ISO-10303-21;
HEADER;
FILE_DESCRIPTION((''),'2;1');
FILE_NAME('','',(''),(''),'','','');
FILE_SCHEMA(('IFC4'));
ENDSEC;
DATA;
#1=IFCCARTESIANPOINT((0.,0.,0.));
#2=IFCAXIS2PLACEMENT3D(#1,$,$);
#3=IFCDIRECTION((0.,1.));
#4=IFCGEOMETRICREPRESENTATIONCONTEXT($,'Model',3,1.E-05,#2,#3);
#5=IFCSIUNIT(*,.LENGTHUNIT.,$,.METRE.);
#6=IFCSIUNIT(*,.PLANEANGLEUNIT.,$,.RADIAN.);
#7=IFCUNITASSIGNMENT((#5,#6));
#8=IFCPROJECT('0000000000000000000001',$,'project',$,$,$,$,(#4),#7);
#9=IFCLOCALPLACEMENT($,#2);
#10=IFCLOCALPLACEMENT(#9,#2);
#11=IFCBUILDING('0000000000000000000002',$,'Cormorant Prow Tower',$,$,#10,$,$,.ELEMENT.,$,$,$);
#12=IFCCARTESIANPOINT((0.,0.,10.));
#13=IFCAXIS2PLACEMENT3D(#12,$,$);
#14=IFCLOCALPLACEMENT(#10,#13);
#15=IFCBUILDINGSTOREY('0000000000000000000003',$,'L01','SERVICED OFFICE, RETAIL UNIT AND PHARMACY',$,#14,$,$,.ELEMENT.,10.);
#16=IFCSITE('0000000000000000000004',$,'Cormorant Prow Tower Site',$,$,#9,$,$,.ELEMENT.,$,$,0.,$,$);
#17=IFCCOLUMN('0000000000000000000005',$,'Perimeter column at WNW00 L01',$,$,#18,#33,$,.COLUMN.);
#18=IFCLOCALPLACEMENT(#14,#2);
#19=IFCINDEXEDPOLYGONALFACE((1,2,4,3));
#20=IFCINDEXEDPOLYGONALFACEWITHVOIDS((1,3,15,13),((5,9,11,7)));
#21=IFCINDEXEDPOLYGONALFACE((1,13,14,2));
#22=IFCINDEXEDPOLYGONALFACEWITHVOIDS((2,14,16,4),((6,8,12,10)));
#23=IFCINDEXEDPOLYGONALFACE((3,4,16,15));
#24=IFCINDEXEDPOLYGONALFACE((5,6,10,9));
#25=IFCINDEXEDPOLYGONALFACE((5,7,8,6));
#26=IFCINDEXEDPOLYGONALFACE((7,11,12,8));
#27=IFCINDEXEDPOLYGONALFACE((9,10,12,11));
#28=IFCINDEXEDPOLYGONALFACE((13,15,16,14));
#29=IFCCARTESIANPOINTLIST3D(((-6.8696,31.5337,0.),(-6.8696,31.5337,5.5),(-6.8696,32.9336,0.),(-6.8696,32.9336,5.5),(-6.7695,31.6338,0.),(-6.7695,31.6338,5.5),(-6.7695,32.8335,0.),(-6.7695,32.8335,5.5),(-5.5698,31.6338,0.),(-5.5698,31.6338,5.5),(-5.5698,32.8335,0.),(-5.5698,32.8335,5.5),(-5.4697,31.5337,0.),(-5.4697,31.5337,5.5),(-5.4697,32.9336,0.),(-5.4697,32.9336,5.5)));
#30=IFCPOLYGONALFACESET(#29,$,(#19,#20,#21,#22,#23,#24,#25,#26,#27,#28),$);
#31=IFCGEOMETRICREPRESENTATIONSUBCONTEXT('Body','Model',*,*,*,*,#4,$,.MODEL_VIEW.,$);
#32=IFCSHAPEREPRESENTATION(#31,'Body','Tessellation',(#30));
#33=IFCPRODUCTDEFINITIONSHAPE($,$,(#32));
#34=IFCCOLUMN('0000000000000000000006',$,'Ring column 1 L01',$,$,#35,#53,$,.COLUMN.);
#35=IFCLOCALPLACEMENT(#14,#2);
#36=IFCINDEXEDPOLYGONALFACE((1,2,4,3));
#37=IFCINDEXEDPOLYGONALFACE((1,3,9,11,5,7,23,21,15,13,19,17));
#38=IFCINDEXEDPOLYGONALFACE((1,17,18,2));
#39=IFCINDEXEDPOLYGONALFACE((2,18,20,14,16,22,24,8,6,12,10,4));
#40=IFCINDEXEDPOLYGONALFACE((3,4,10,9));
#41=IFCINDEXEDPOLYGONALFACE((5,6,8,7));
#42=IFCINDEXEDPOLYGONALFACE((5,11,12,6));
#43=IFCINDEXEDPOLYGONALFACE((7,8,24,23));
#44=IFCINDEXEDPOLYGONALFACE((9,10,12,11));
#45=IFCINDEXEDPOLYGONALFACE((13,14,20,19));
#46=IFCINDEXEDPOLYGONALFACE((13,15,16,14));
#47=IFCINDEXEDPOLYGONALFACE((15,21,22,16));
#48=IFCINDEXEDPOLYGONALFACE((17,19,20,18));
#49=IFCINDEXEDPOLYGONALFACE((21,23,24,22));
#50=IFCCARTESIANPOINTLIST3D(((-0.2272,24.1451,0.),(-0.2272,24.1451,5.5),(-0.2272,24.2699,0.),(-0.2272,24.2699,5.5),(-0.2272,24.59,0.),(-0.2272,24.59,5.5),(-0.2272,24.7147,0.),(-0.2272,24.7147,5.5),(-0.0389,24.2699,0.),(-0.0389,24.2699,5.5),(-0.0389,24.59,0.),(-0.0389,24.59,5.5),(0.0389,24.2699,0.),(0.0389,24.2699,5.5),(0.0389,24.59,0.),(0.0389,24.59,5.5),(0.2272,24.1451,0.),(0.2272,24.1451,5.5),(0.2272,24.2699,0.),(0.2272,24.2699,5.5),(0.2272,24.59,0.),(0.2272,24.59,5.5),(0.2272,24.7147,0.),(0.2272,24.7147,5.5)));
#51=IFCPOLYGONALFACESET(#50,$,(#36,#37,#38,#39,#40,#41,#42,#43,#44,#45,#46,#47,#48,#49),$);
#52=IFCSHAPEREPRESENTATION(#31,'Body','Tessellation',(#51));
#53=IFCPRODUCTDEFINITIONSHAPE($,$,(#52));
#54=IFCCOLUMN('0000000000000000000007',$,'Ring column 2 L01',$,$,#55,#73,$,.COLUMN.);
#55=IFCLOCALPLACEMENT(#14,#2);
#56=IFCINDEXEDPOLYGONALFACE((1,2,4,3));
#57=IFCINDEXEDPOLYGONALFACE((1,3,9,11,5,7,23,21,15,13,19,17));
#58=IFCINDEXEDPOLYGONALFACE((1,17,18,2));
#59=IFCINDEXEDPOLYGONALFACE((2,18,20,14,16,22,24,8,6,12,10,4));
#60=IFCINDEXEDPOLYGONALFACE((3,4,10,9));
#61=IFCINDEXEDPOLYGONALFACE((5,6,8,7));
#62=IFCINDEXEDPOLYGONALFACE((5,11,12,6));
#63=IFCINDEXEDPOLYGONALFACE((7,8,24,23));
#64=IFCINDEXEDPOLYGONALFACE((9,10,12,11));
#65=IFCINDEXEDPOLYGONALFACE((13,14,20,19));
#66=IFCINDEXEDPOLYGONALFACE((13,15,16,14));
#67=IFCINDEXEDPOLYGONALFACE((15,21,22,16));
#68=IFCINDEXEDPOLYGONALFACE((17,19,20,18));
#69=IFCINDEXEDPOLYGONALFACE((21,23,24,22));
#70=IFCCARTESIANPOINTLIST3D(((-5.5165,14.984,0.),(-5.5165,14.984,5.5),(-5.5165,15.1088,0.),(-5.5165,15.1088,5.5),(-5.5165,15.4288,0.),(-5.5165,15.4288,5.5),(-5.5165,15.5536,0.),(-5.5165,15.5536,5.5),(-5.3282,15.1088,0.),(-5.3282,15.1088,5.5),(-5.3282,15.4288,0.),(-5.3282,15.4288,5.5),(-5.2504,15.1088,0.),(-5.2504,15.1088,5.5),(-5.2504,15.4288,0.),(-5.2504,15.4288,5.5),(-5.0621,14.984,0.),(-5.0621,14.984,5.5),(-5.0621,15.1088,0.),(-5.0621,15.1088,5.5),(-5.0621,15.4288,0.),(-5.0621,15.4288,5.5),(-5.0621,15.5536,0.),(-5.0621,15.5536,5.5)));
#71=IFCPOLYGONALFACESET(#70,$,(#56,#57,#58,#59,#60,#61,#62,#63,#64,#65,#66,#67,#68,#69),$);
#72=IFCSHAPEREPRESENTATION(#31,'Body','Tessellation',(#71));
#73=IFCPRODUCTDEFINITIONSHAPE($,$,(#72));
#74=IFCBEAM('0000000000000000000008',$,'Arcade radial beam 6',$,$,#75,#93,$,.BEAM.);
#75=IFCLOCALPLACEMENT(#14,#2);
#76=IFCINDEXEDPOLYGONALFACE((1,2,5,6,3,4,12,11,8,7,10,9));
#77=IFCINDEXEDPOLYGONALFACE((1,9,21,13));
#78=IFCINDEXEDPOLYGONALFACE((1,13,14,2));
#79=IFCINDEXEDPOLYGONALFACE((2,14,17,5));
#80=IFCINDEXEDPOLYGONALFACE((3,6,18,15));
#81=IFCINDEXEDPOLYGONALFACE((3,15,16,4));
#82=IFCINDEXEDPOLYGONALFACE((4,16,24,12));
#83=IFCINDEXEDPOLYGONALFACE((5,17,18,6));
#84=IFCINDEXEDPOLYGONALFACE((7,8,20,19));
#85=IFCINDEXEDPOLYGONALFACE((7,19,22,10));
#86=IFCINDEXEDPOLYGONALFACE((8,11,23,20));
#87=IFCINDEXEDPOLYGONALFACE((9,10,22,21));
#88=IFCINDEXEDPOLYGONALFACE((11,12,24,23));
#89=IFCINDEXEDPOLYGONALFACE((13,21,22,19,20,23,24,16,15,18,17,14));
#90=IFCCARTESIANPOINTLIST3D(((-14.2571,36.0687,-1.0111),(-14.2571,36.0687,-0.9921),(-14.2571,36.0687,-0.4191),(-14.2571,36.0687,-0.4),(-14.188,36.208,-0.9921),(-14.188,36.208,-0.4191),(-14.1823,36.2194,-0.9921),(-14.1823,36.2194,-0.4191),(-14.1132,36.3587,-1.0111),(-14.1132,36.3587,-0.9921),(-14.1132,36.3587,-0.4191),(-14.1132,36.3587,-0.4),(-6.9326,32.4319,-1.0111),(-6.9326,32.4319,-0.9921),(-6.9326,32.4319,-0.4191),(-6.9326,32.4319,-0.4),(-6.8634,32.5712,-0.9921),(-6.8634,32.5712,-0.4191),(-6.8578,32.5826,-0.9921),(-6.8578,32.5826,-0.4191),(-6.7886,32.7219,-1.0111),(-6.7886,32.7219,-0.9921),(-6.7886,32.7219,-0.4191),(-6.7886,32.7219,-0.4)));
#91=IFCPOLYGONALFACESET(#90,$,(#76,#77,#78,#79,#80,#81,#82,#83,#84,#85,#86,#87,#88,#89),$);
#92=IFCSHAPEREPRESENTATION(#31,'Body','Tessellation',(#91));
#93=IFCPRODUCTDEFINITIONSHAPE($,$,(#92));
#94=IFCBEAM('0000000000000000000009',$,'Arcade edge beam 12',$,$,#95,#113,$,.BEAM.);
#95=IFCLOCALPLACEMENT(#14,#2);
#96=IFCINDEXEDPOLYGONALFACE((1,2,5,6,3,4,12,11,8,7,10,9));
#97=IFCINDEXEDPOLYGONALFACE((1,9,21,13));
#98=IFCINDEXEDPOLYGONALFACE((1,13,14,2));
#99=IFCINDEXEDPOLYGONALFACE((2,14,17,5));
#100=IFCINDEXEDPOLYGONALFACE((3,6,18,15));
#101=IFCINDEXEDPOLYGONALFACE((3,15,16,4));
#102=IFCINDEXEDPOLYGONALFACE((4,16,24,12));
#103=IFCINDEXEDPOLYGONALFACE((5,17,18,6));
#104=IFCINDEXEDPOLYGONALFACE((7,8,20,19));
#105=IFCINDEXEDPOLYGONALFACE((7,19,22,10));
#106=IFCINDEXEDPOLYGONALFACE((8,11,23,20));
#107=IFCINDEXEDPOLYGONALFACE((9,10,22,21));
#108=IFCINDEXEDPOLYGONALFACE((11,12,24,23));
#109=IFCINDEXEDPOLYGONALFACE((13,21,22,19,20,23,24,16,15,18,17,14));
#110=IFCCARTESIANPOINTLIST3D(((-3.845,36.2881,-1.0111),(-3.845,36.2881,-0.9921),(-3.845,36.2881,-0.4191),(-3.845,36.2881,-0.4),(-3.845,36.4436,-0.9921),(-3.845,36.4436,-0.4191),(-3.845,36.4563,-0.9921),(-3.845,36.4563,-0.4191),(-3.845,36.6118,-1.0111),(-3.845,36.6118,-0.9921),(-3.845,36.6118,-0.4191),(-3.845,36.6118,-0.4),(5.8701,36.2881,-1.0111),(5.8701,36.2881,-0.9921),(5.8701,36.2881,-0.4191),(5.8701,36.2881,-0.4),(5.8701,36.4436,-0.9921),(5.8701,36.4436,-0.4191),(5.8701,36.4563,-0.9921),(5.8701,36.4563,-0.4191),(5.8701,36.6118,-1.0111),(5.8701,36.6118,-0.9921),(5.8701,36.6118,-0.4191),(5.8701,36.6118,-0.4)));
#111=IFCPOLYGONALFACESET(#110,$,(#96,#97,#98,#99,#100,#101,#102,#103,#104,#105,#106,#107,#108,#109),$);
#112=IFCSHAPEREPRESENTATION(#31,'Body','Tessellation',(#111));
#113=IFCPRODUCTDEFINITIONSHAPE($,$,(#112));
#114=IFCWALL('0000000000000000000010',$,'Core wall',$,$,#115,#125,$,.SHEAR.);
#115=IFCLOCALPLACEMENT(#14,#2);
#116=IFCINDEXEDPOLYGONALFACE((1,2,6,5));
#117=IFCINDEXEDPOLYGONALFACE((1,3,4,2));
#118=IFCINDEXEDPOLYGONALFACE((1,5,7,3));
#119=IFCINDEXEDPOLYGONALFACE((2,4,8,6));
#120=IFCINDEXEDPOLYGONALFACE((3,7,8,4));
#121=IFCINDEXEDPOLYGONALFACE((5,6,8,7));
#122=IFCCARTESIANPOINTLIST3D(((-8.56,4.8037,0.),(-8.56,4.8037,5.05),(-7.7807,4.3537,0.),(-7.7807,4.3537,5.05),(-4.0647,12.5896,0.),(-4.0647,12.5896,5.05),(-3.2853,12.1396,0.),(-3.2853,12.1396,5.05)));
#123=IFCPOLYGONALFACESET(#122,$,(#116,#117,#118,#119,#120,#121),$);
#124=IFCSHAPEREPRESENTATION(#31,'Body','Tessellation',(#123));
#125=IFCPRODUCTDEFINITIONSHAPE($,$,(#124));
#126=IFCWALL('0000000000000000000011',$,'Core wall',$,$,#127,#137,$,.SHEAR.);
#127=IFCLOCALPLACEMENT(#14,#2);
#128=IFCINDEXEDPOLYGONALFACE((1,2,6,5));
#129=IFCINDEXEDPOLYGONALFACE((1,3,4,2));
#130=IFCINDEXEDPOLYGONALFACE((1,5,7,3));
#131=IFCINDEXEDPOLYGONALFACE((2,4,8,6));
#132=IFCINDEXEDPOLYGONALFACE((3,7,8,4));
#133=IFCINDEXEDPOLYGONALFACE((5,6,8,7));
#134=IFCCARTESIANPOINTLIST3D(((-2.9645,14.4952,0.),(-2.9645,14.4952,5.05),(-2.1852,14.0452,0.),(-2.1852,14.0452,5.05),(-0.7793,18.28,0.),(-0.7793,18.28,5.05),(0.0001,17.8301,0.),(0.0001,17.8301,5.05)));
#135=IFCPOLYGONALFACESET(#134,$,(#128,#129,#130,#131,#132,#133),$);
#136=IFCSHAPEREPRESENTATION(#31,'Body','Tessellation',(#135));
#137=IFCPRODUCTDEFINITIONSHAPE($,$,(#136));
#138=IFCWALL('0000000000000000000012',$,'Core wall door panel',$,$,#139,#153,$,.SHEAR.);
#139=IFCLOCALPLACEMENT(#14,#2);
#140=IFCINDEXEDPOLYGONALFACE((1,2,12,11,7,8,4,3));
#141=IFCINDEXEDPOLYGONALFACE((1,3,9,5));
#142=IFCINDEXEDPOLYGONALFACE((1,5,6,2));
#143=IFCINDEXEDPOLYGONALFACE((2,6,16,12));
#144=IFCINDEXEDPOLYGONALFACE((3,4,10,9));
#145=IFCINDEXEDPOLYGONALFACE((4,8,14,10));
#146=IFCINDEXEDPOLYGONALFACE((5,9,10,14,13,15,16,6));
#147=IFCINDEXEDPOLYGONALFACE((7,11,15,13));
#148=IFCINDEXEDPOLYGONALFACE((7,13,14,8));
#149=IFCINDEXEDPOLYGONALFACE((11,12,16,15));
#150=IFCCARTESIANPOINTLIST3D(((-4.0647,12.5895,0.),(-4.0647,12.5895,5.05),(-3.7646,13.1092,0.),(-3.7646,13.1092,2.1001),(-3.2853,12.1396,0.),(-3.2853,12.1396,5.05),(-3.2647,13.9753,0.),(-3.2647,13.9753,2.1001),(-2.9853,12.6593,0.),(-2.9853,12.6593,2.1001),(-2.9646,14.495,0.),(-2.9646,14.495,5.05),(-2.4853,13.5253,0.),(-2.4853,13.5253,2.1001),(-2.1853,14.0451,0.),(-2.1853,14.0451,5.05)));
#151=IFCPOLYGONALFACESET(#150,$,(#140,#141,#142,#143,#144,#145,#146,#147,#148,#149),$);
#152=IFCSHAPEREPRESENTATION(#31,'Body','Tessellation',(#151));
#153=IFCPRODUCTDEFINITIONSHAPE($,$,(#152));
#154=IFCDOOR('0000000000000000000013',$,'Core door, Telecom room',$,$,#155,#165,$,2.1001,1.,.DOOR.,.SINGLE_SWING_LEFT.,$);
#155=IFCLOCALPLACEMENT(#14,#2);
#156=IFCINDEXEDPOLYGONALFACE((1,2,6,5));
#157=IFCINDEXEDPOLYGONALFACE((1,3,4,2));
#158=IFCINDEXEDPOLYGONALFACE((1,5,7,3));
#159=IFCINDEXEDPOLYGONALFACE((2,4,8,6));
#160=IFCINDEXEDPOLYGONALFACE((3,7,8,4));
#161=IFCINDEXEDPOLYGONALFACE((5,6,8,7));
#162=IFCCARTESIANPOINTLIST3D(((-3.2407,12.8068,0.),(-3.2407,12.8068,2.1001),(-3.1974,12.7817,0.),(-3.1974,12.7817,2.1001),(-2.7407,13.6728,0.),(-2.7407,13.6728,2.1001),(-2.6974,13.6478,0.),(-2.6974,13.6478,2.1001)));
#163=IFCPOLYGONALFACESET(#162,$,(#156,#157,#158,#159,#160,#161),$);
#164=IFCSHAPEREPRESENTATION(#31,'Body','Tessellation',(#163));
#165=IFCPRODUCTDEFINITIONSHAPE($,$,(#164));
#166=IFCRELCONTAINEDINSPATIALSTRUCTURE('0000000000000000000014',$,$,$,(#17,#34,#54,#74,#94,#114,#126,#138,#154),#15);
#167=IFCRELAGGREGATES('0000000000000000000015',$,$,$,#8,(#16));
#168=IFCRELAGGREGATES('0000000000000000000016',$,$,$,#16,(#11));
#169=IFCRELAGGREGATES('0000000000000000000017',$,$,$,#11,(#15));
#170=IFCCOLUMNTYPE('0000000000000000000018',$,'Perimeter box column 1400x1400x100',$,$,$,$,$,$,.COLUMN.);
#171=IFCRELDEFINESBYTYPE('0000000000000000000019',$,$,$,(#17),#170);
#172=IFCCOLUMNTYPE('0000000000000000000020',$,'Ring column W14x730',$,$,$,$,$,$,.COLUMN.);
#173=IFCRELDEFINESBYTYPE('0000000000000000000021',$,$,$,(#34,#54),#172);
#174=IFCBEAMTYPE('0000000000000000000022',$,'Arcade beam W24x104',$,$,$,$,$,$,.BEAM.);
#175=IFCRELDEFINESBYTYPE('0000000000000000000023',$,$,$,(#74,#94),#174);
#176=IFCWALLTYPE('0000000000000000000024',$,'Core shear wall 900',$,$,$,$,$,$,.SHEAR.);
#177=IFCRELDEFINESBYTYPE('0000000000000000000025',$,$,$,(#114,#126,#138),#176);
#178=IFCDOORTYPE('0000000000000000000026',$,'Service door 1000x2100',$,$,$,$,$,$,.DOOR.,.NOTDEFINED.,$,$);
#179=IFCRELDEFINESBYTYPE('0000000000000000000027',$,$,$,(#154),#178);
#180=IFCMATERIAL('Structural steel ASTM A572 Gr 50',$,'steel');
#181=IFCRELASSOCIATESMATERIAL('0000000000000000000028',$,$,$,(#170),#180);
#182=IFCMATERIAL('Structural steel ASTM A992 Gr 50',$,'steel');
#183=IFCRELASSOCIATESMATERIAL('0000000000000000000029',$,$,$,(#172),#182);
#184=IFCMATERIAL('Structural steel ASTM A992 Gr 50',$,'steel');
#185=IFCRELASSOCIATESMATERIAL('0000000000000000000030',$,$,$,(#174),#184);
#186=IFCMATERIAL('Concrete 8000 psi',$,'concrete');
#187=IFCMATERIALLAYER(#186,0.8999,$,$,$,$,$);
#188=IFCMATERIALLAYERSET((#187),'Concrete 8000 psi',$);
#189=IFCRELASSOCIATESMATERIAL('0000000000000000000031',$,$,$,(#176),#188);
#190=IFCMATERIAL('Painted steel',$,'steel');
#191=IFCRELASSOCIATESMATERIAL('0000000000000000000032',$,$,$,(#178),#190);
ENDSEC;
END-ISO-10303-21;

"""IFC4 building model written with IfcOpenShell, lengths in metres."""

from ifc_helpers import new_model, si_unit, direction, frame, frame_2d, origin, origin_2d, place, context, subcontext, project, spatial, rectangle, hollow_rectangle, i_section, extrude, material, layer, layer_set, material_profile, profile_set, type_object, element, fill, save


model = new_model("IFC4")

# Units and contexts
model_context = context("Model", 3, precision=1e-05, world=origin(), true_north=direction((0.0, 1.0)))
body_context = subcontext(model_context, "Body", "Model", "MODEL_VIEW")
ifc_project = project(units=[si_unit("LENGTHUNIT", "METRE"), si_unit("PLANEANGLEUNIT", "RADIAN")], contexts=[model_context])

# Site, building, storey
site_placement = place(None, origin())
site = spatial("IfcSite", under=ifc_project, at=site_placement, Name="Cormorant Prow Tower Site", CompositionType="ELEMENT", RefElevation=0.0)
building_placement = place(site_placement, origin())
building = spatial("IfcBuilding", under=site, at=building_placement, Name="Cormorant Prow Tower", CompositionType="ELEMENT")
storey_placement = place(building_placement, frame((0.0, 0.0, 10.0)))
storey = spatial("IfcBuildingStorey", under=building, at=storey_placement, Name="L01", Description="SERVICED OFFICE, RETAIL UNIT AND PHARMACY", CompositionType="ELEMENT", Elevation=10.0)

# Columns
ifc_material_1 = material(Name="Structural steel ASTM A572 Gr 50", Category="steel")
ifc_material_profile_1 = material_profile(ifc_material_1, hollow_rectangle(XDim=1.3999, YDim=1.3999, WallThickness=0.1001, at=origin_2d()), Name="Box 1400x1400x100")
ifc_profile_set_1 = profile_set([ifc_material_profile_1], Name="Structural steel ASTM A572 Gr 50")
column_type_1 = type_object("IfcColumnType", Name="Perimeter box column 1400x1400x100", PredefinedType="COLUMN", material=ifc_profile_set_1)
column_placement = place(storey_placement, frame((-6.1697, 32.2336, 0.0), z_axis=(0.0, 0.0, 1.0), x_axis=(1.0, 0.0, 0.0)))
element("IfcColumn", 1, at=column_placement, inside=storey, type_object=column_type_1, Name="Perimeter column at WNW00 L01", PredefinedType="COLUMN", context=body_context, shape_type="SweptSolid", body=[
    extrude(hollow_rectangle(XDim=1.3999, YDim=1.3999, WallThickness=0.1001, at=origin_2d()), origin(), (0.0, 0.0, 1.0), 5.5),
])
ifc_material_2 = material(Name="Structural steel ASTM A992 Gr 50", Category="steel")
ifc_material_profile_2 = material_profile(ifc_material_2, i_section(OverallWidth=0.4543, OverallDepth=0.5696, WebThickness=0.0779, FlangeThickness=0.1248, at=origin_2d()), Name="W14x730")
ifc_profile_set_2 = profile_set([ifc_material_profile_2], Name="Structural steel ASTM A992 Gr 50")
column_type_2 = type_object("IfcColumnType", Name="Ring column W14x730", PredefinedType="COLUMN", material=ifc_profile_set_2)
for number, where, z_axis, x_axis, name in (
    (2, (0.0, 24.4299, 0.0), (0.0, 0.0, 1.0), (1.0, 0.0, 0.0), "Ring column 1 L01"),
    (3, (-5.2893, 15.2688, 0.0), (0.0, 0.0, 1.0), (1.0, 0.0, 0.0), "Ring column 2 L01"),
):
    element("IfcColumn", number, at=place(storey_placement, frame(where, z_axis=z_axis, x_axis=x_axis)), inside=storey, type_object=column_type_2, Name=name, PredefinedType="COLUMN", context=body_context, shape_type="SweptSolid", body=[
        extrude(i_section(OverallWidth=0.4543, OverallDepth=0.5696, WebThickness=0.0779, FlangeThickness=0.1248, at=origin_2d()), origin(), (0.0, 0.0, 1.0), 5.5),
    ])

# Beams
ifc_material_3 = material(Name="Structural steel ASTM A992 Gr 50", Category="steel")
ifc_material_profile_3 = material_profile(ifc_material_3, i_section(OverallWidth=0.3237, OverallDepth=0.6111, WebThickness=0.0127, FlangeThickness=0.019, at=origin_2d()), Name="W24x104")
ifc_profile_set_3 = profile_set([ifc_material_profile_3], Name="Structural steel ASTM A992 Gr 50")
beam_type = type_object("IfcBeamType", Name="Arcade beam W24x104", PredefinedType="BEAM", material=ifc_profile_set_3)
beam_1_placement = place(storey_placement, frame((-6.8606, 32.5769, -0.7056), z_axis=(-0.895672, 0.444716, 0.0), x_axis=(-0.444716, -0.895672, 0.0)))
element("IfcBeam", 4, at=beam_1_placement, inside=storey, type_object=beam_type, Name="Arcade radial beam 6", PredefinedType="BEAM", context=body_context, shape_type="SweptSolid", body=[
    extrude(i_section(OverallWidth=0.3237, OverallDepth=0.6111, WebThickness=0.0127, FlangeThickness=0.019, at=origin_2d()), origin(), (0.0, 0.0, 1.0), 8.1777),
])
beam_2_placement = place(storey_placement, frame((-3.845, 36.45, -0.7056), z_axis=(1.0, 0.0, 0.0), x_axis=(0.0, 1.0, 0.0)))
element("IfcBeam", 5, at=beam_2_placement, inside=storey, type_object=beam_type, Name="Arcade edge beam 12", PredefinedType="BEAM", context=body_context, shape_type="SweptSolid", body=[
    extrude(i_section(OverallWidth=0.3237, OverallDepth=0.6111, WebThickness=0.0127, FlangeThickness=0.019, at=origin_2d()), origin(), (0.0, 0.0, 1.0), 9.7151),
])

# Walls
ifc_material_4 = material(Name="Concrete 8000 psi", Category="concrete")
ifc_layer_1 = layer(ifc_material_4, 0.8999)
ifc_layer_set_1 = layer_set([ifc_layer_1], Name="Concrete 8000 psi")
wall_type_1 = type_object("IfcWallType", Name="Core shear wall 900", PredefinedType="SHEAR", material=ifc_layer_set_1)
wall_1_placement = place(storey_placement, frame((-3.675, 12.3645, 0.0), z_axis=(0.0, 0.0, 1.0), x_axis=(-0.500015, -0.866017, 0.0)))
element("IfcWall", 6, at=wall_1_placement, inside=storey, type_object=wall_type_1, Name="Core wall", PredefinedType="SHEAR", context=body_context, shape_type="SweptSolid", body=[
    extrude(rectangle(XDim=8.9905, YDim=0.8999, at=frame_2d((4.4951, 0.0))), origin(), (0.0, 0.0, 1.0), 5.05),
])
wall_2_placement = place(storey_placement, frame((-0.3896, 18.0549, 0.0), z_axis=(0.0, 0.0, 1.0), x_axis=(-0.500014, -0.866017, 0.0)))
element("IfcWall", 7, at=wall_2_placement, inside=storey, type_object=wall_type_1, Name="Core wall", PredefinedType="SHEAR", context=body_context, shape_type="SweptSolid", body=[
    extrude(rectangle(XDim=4.3704, YDim=0.8999, at=frame_2d((2.1851, 0.0))), origin(), (0.0, 0.0, 1.0), 5.05),
])

# Wall, opening, door
wall_3_placement = place(storey_placement, frame((-2.575, 14.27, 0.0), z_axis=(0.0, 0.0, 1.0), x_axis=(-0.499982, -0.866036, 0.0)))
wall_3 = element("IfcWall", 8, at=wall_3_placement, inside=storey, type_object=wall_type_1, Name="Core wall door panel", PredefinedType="SHEAR", context=body_context, shape_type="SweptSolid", body=[
    extrude(rectangle(XDim=2.2002, YDim=0.8999, at=frame_2d((1.1001, 0.0))), origin(), (0.0, 0.0, 1.0), 5.05),
])
opening_1_placement = place(wall_3_placement, frame((0.6001, 0.0, 0.0)))
opening_1 = element("IfcOpeningElement", 9, at=opening_1_placement, cuts=wall_3, PredefinedType="OPENING", context=body_context, shape_type="SweptSolid", body=[
    extrude(rectangle(XDim=1.0, YDim=2.1001, at=frame_2d((0.5, 1.05))), frame((0.0, 0.46, 0.0), z_axis=(0.0, -1.0, 0.0), x_axis=(1.0, 0.0, 0.0)), (0.0, 0.0, 1.0), 0.9199),
])
ifc_material_5 = material(Name="Painted steel", Category="steel")
door_type_1 = type_object("IfcDoorType", Name="Service door 1000x2100", OperationType="NOTDEFINED", PredefinedType="DOOR", material=ifc_material_5)
door_1_placement = place(opening_1_placement, origin())
door_1 = element("IfcDoor", 10, at=door_1_placement, inside=storey, type_object=door_type_1, Name="Core door, Telecom room", OperationType="SINGLE_SWING_LEFT", OverallHeight=2.1001, OverallWidth=1.0, PredefinedType="DOOR", context=body_context, shape_type="SweptSolid", body=[
    extrude(rectangle(XDim=1.0, YDim=2.1001, at=frame_2d((0.5, 1.05))), frame((0.0, 0.2051, 0.0), z_axis=(0.0, -1.0, 0.0), x_axis=(1.0, 0.0, 0.0)), (0.0, 0.0, 1.0), 0.05),
])
fill(opening_1, door_1)

save(model, "model.ifc")
